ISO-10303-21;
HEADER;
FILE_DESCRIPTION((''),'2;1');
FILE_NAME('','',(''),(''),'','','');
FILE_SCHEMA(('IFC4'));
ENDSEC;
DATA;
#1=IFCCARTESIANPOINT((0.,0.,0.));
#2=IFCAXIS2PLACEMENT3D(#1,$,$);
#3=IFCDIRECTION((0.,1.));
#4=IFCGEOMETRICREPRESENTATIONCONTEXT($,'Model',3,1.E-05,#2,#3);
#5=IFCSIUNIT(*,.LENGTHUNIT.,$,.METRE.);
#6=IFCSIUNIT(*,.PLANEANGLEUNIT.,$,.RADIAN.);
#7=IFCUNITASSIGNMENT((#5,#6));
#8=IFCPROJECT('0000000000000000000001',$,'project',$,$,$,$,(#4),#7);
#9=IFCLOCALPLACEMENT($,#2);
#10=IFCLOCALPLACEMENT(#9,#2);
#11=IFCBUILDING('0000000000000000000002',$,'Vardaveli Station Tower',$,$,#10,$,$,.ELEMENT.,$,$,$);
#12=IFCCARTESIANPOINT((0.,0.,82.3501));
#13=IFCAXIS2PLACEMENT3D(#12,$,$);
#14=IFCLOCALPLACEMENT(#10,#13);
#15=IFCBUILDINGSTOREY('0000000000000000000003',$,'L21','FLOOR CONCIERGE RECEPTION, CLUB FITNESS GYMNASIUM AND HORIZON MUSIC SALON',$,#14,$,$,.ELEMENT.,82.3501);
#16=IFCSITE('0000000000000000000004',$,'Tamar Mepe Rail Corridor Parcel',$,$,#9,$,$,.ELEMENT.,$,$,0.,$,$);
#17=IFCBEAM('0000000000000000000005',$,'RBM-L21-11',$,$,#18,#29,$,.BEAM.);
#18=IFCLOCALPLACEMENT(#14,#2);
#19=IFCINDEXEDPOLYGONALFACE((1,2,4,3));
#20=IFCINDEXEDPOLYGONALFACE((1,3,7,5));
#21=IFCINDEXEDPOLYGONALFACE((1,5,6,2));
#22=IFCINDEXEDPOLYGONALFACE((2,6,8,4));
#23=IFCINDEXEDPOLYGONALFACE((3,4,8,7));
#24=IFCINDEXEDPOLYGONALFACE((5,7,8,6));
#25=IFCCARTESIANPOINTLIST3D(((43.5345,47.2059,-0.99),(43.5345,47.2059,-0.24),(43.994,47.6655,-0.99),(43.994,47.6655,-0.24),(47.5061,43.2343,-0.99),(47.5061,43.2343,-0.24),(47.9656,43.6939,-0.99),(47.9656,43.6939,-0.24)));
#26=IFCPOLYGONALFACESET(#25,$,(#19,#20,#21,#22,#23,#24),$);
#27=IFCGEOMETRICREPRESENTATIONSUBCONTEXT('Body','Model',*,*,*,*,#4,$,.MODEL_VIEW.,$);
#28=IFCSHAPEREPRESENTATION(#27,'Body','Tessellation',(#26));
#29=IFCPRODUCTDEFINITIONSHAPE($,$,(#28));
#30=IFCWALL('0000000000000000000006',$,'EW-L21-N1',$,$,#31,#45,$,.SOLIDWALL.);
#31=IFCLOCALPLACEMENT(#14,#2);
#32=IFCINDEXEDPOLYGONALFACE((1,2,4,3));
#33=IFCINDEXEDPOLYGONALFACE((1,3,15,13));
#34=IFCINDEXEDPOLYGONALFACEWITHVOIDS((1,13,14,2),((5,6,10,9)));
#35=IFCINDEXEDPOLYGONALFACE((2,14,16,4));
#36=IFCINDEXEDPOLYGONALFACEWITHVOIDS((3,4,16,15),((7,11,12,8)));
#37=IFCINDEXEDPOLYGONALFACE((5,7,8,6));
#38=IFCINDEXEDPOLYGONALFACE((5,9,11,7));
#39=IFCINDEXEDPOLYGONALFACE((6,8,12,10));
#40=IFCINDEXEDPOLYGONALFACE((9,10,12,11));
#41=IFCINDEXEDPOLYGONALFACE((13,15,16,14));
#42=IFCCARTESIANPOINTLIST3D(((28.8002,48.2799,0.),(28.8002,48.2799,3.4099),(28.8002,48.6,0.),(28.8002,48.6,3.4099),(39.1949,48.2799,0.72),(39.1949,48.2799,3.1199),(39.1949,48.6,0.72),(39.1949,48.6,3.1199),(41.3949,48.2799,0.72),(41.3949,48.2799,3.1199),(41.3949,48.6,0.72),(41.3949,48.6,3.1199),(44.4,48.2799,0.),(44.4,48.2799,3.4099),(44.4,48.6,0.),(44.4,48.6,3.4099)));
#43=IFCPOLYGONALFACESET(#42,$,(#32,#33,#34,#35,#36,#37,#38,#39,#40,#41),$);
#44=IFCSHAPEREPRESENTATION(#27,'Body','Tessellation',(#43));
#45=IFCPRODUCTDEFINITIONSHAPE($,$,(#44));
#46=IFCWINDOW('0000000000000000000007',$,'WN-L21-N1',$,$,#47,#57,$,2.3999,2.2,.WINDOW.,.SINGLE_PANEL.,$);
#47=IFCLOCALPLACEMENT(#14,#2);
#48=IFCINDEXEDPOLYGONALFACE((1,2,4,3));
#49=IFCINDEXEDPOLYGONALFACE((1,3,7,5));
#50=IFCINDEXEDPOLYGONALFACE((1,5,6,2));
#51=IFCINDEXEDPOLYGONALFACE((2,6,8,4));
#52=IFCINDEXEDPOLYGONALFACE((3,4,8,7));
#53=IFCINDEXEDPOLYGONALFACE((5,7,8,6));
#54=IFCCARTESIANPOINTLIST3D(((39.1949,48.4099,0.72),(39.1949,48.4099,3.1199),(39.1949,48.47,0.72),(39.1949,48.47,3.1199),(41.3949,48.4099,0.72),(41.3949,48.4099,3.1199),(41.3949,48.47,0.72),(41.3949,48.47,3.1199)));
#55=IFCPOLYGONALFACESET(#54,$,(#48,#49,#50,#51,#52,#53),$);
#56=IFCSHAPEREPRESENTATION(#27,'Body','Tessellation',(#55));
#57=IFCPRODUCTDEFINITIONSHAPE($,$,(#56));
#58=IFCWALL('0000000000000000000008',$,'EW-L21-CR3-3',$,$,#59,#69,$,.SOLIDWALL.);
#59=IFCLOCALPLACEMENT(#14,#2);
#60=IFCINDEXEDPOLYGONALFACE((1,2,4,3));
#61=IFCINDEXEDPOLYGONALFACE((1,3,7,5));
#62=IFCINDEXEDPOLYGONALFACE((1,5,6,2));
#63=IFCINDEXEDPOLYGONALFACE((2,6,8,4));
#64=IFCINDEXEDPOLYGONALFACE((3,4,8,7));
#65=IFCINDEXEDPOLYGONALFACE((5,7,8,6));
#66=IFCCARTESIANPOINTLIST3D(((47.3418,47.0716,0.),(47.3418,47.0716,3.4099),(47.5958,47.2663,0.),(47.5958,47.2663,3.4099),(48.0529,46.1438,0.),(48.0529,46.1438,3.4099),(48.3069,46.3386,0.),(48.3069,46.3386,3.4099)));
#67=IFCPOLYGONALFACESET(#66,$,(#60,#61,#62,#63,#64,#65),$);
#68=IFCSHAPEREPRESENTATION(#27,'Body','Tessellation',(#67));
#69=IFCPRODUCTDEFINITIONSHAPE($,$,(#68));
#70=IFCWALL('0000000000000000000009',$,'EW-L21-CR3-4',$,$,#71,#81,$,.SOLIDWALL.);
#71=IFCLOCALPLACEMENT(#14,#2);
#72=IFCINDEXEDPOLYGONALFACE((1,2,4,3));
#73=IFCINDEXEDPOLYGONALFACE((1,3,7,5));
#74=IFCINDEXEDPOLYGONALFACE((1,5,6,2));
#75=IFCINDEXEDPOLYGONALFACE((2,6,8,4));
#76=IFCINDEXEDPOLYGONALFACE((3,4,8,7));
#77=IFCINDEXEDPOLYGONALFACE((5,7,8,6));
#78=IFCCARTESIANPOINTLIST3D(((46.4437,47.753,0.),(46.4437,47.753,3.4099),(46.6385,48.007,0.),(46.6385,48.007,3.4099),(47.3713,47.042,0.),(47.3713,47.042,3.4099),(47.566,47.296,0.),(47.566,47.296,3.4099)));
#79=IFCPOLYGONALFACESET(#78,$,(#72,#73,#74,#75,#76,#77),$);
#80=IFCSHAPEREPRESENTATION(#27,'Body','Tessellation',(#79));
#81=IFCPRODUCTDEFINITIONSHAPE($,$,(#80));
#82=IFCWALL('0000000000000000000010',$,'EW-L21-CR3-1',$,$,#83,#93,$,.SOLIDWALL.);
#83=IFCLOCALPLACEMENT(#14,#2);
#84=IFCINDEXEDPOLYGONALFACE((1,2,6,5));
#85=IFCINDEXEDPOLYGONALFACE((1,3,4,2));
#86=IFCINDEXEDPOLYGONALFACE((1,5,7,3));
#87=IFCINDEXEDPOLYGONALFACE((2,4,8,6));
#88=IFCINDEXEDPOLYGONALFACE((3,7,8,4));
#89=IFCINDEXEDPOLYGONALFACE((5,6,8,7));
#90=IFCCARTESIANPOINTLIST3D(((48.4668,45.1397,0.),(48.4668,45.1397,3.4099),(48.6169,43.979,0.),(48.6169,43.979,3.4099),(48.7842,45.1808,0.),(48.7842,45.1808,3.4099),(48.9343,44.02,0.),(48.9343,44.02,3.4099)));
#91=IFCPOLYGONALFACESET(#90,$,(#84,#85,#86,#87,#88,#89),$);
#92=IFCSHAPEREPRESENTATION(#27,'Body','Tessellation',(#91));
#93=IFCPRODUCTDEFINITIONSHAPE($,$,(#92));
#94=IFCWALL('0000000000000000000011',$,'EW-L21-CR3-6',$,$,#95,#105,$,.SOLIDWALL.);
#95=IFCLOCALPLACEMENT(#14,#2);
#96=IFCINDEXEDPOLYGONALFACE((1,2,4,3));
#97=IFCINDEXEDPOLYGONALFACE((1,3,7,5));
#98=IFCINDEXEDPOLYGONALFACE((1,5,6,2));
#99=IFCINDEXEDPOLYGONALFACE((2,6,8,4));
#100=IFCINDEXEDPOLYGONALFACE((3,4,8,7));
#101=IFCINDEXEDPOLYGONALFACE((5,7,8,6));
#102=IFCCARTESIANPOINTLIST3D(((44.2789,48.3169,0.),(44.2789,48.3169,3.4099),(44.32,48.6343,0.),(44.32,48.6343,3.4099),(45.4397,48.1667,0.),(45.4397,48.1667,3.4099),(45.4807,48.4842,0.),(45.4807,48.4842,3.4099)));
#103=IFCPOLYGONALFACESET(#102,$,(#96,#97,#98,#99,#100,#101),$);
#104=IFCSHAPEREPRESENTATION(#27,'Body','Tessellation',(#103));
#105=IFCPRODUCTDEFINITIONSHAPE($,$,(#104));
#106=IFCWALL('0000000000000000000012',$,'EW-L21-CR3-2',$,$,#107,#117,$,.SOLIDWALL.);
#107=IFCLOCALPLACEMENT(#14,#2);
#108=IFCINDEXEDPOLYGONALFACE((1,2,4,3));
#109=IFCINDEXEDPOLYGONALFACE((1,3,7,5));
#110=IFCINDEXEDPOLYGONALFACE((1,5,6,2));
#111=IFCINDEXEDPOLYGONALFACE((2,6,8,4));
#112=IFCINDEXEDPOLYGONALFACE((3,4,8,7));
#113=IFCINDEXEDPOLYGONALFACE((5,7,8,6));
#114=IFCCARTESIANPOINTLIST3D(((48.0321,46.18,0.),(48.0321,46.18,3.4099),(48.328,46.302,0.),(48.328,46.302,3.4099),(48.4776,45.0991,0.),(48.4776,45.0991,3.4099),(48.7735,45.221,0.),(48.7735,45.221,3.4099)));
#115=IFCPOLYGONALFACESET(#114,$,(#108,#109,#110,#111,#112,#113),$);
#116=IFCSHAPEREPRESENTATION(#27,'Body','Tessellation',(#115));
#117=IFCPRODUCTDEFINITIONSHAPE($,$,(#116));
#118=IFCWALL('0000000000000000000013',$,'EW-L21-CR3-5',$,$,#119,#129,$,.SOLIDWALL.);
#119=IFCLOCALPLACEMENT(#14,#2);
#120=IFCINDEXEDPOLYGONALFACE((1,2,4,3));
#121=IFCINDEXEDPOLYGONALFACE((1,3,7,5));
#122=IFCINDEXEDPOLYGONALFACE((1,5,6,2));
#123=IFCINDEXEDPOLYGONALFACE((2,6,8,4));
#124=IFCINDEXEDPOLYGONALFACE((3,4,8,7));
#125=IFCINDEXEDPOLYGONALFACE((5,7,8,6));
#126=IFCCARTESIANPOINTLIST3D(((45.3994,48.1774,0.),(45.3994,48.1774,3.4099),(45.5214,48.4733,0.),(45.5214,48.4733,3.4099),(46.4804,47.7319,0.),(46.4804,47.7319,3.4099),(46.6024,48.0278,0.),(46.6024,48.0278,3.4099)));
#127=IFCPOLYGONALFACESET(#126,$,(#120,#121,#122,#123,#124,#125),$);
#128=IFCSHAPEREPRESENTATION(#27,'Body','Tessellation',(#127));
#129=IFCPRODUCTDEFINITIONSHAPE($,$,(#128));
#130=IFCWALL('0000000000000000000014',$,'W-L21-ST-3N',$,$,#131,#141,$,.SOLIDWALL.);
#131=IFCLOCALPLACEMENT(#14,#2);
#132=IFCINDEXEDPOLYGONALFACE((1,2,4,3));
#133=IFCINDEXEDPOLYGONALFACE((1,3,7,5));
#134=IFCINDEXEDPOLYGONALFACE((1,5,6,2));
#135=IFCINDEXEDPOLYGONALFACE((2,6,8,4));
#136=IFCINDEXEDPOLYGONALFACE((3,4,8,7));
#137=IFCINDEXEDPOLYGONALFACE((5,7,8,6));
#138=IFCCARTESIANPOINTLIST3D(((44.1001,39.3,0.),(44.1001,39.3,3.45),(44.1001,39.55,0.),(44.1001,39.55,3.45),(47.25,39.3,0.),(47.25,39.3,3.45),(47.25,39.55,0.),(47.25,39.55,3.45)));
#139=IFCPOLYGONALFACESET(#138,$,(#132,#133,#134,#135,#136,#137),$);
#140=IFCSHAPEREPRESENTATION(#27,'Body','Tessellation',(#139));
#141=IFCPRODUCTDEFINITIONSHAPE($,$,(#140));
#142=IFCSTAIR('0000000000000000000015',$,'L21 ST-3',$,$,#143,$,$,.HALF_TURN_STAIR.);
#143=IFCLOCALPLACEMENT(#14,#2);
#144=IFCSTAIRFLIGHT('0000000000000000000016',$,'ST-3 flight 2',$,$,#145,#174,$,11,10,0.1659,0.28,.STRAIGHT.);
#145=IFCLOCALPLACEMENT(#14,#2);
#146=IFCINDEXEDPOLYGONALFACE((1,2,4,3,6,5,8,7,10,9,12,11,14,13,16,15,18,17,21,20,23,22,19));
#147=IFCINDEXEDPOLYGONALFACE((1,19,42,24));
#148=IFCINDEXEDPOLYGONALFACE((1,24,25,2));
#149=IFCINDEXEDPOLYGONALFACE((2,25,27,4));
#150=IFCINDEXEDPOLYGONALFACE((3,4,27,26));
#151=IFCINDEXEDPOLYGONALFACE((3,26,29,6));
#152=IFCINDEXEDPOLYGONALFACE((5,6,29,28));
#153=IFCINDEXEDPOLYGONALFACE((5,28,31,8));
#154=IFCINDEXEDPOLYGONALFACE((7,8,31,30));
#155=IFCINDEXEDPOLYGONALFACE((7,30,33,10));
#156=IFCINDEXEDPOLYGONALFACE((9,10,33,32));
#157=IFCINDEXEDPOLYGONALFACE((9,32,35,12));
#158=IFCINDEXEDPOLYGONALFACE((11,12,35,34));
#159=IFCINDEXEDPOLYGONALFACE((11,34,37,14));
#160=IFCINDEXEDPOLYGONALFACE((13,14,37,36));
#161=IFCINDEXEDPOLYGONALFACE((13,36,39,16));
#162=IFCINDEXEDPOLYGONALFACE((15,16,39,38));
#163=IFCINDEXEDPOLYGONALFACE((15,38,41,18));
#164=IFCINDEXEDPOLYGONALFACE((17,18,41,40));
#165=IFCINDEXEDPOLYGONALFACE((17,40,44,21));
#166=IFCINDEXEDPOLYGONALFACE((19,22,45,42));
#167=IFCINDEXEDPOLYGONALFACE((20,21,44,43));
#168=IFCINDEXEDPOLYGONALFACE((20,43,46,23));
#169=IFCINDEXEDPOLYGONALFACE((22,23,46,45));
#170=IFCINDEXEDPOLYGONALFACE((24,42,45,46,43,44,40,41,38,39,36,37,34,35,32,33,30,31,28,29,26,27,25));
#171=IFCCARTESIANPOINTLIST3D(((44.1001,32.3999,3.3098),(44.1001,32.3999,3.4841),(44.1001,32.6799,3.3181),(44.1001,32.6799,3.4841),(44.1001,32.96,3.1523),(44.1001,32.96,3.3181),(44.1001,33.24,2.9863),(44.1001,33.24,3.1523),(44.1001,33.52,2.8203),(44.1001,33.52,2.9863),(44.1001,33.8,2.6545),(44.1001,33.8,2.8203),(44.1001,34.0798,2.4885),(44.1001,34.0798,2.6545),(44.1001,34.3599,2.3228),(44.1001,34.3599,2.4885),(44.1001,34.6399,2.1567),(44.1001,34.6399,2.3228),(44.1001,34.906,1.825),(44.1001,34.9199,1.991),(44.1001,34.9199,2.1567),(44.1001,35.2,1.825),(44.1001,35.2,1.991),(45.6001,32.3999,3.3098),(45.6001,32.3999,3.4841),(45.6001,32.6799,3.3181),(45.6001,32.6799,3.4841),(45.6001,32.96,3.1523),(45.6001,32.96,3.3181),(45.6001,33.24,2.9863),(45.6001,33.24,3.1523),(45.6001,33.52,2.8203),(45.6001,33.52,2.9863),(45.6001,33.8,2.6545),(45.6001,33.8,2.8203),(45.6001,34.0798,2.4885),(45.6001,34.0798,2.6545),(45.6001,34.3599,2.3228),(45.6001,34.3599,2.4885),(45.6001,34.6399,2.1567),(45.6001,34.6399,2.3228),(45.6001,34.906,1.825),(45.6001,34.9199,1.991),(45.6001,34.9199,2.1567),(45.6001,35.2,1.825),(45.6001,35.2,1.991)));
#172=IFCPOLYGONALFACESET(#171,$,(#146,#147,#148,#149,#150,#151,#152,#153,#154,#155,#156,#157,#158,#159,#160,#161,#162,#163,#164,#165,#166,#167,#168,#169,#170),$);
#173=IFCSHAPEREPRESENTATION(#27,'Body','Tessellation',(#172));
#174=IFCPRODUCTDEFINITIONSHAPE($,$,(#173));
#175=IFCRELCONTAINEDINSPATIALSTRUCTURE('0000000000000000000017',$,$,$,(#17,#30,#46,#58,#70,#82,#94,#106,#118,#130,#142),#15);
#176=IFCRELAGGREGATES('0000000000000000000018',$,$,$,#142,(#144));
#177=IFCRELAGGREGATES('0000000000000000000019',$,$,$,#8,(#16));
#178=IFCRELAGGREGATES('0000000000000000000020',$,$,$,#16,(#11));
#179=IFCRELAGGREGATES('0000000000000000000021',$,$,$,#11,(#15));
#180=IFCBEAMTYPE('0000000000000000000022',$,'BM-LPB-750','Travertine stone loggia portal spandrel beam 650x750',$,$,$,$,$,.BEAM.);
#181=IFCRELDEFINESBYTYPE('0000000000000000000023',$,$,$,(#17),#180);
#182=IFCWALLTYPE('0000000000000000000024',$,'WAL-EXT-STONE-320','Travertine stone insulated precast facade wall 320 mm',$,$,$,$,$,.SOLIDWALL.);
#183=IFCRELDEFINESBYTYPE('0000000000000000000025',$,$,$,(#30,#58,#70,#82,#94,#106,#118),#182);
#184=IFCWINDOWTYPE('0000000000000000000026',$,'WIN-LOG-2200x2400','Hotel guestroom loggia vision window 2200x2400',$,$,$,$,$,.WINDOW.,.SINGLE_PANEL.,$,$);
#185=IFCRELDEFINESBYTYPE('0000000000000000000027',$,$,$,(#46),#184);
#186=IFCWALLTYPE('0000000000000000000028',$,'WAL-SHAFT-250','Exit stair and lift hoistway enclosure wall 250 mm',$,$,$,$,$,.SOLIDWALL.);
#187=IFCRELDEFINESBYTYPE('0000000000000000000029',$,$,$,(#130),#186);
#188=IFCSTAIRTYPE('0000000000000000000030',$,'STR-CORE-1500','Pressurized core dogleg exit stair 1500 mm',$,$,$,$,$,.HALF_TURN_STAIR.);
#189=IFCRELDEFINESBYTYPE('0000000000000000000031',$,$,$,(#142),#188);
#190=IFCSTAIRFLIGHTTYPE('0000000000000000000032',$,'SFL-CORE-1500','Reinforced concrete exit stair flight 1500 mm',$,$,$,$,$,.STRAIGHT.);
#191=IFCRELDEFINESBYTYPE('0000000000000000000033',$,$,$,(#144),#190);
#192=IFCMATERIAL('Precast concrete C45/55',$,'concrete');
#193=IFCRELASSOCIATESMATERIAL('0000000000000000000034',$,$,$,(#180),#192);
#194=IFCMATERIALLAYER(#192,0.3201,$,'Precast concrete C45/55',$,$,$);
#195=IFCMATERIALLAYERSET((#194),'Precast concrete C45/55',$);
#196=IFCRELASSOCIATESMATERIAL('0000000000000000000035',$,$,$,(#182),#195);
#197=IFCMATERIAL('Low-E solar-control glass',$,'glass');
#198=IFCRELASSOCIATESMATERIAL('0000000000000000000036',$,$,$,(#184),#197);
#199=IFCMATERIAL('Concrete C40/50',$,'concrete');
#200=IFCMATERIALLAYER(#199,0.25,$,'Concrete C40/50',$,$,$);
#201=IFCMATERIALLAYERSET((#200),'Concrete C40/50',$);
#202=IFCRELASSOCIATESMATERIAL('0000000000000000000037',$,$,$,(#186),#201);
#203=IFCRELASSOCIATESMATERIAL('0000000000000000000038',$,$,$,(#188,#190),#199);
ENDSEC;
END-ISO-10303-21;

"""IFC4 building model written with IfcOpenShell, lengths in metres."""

from ifc_helpers import new_model, si_unit, direction, frame, frame_2d, origin, origin_2d, place, context, subcontext, project, spatial, polyline, rectangle, outline, extrude, source, transform, mapped, material, layer, layer_set, material_profile, profile_set, type_object, element, fill, aggregate, save


model = new_model("IFC4")

# Units and contexts
model_context = context("Model", 3, precision=1e-05, world=origin(), true_north=direction((0.0, 1.0)))
body_context = subcontext(model_context, "Body", "Model", "MODEL_VIEW")
ifc_project = project(units=[si_unit("LENGTHUNIT", "METRE"), si_unit("PLANEANGLEUNIT", "RADIAN")], contexts=[model_context])

# Site, building, storey
site_placement = place(None, origin())
site = spatial("IfcSite", under=ifc_project, at=site_placement, Name="Tamar Mepe Rail Corridor Parcel", CompositionType="ELEMENT", RefElevation=0.0)
building_placement = place(site_placement, origin())
building = spatial("IfcBuilding", under=site, at=building_placement, Name="Vardaveli Station Tower", CompositionType="ELEMENT")
storey_placement = place(building_placement, frame((0.0, 0.0, 82.3501)))
storey = spatial("IfcBuildingStorey", under=building, at=storey_placement, Name="L21", Description="FLOOR CONCIERGE RECEPTION, CLUB FITNESS GYMNASIUM AND HORIZON MUSIC SALON", CompositionType="ELEMENT", Elevation=82.3501)

# Beam
ifc_material_1 = material(Name="Precast concrete C45/55", Category="concrete")
ifc_material_profile_1 = material_profile(ifc_material_1, rectangle(XDim=0.6499, YDim=0.75, at=origin_2d()), Name="LPB 650x750")
ifc_profile_set_1 = profile_set([ifc_material_profile_1], Name="Precast concrete C45/55")
beam_type = type_object("IfcBeamType", Name="BM-LPB-750", Description="Travertine stone loggia portal spandrel beam 650x750", PredefinedType="BEAM", material=ifc_profile_set_1)
shared_shape_1 = source(origin(), body_context, "Body", "SweptSolid", [
    extrude(rectangle(XDim=0.6499, YDim=0.75, at=origin_2d()), origin(), (0.0, 0.0, 1.0), 5.6167),
])
beam_placement = place(storey_placement, frame((47.7358, 43.4641, -0.615), z_axis=(-0.707107, 0.707107, 0.0), x_axis=(-0.707107, -0.707107, 0.0)))
element("IfcBeam", 1, at=beam_placement, inside=storey, type_object=beam_type, Name="RBM-L21-11", PredefinedType="BEAM", context=body_context, shape_type="MappedRepresentation", body=[
    mapped(shared_shape_1, transform((0.0, 0.0, 0.0), scale=1.0)),
])

# Wall, opening, window
ifc_layer_1 = layer(ifc_material_1, 0.3201, Name="Precast concrete C45/55")
ifc_layer_set_1 = layer_set([ifc_layer_1], Name="Precast concrete C45/55")
wall_type_1 = type_object("IfcWallType", Name="WAL-EXT-STONE-320", Description="Travertine stone insulated precast facade wall 320 mm", PredefinedType="SOLIDWALL", material=ifc_layer_set_1)
shared_shape_2 = source(origin(), body_context, "Body", "SweptSolid", [
    extrude(rectangle(XDim=15.5999, YDim=0.3201, at=frame_2d((7.7998, 0.0))), origin(), (0.0, 0.0, 1.0), 3.4099),
])
wall_1_placement = place(storey_placement, frame((44.3999, 48.4399, 0.0), z_axis=(0.0, 0.0, 1.0), x_axis=(-1.0, 0.0, 0.0)))
wall_1 = element("IfcWall", 2, at=wall_1_placement, inside=storey, type_object=wall_type_1, Name="EW-L21-N1", PredefinedType="SOLIDWALL", context=body_context, shape_type="MappedRepresentation", body=[
    mapped(shared_shape_2, transform((0.0, 0.0, 0.0), scale=1.0)),
])
shared_shape_3 = source(origin(), body_context, "Body", "SweptSolid", [
    extrude(rectangle(XDim=2.2, YDim=2.3999, at=frame_2d((1.1001, 1.2))), frame((0.0, 0.1699, 0.0), z_axis=(0.0, -1.0, 0.0), x_axis=(1.0, 0.0, 0.0)), (0.0, 0.0, 1.0), 0.3401),
])
opening_placement = place(wall_1_placement, frame((3.0049, 0.0, 0.72)))
opening = element("IfcOpeningElement", 3, at=opening_placement, cuts=wall_1, PredefinedType="OPENING", context=body_context, shape_type="MappedRepresentation", body=[
    mapped(shared_shape_3, transform((0.0, 0.0, 0.0), scale=1.0)),
])
ifc_material_2 = material(Name="Low-E solar-control glass", Category="glass")
window_type = type_object("IfcWindowType", Name="WIN-LOG-2200x2400", Description="Hotel guestroom loggia vision window 2200x2400", PartitioningType="SINGLE_PANEL", PredefinedType="WINDOW", material=ifc_material_2)
shared_shape_4 = source(origin(), body_context, "Body", "SweptSolid", [
    extrude(rectangle(XDim=2.2, YDim=2.3999, at=frame_2d((1.1001, 1.2))), frame((0.0, 0.03, 0.0), z_axis=(0.0, -1.0, 0.0), x_axis=(1.0, 0.0, 0.0)), (0.0, 0.0, 1.0), 0.0601),
])
window_placement = place(opening_placement, origin())
window = element("IfcWindow", 4, at=window_placement, inside=storey, type_object=window_type, Name="WN-L21-N1", OverallHeight=2.3999, OverallWidth=2.2, PartitioningType="SINGLE_PANEL", PredefinedType="WINDOW", context=body_context, shape_type="MappedRepresentation", body=[
    mapped(shared_shape_4, transform((0.0, 0.0, 0.0), scale=1.0)),
])
fill(opening, window)

# Walls
shared_shape_5 = source(origin(), body_context, "Body", "SweptSolid", [
    extrude(rectangle(XDim=1.1689, YDim=0.3201, at=frame_2d((0.5845, 0.0))), origin(), (0.0, 0.0, 1.0), 3.4099),
])
wall_2_placement = place(storey_placement, frame((48.1799, 46.2412, 0.0), z_axis=(0.0, 0.0, 1.0), x_axis=(-0.608388, 0.79364, 0.0)))
element("IfcWall", 5, at=wall_2_placement, inside=storey, type_object=wall_type_1, Name="EW-L21-CR3-3", PredefinedType="SOLIDWALL", context=body_context, shape_type="MappedRepresentation", body=[
    mapped(shared_shape_5, transform((0.0, 0.0, 0.0), scale=1.0)),
])
shared_shape_6 = source(origin(), body_context, "Body", "SweptSolid", [
    extrude(rectangle(XDim=1.1687, YDim=0.3201, at=frame_2d((0.5845, 0.0))), origin(), (0.0, 0.0, 1.0), 3.4099),
])
wall_3_placement = place(storey_placement, frame((47.4688, 47.1689, 0.0), z_axis=(0.0, 0.0, 1.0), x_axis=(-0.793664, 0.608357, 0.0)))
element("IfcWall", 6, at=wall_3_placement, inside=storey, type_object=wall_type_1, Name="EW-L21-CR3-4", PredefinedType="SOLIDWALL", context=body_context, shape_type="MappedRepresentation", body=[
    mapped(shared_shape_6, transform((0.0, 0.0, 0.0), scale=1.0)),
])
shared_shape_7 = source(origin(), body_context, "Body", "SweptSolid", [
    extrude(rectangle(XDim=1.1704, YDim=0.3201, at=frame_2d((0.5852, 0.0))), origin(), (0.0, 0.0, 1.0), 3.4099),
])
for number, where, z_axis, x_axis, name in (
    (7, (48.7756, 43.9995, 0.0), (0.0, 0.0, 1.0), (-0.128296, 0.991736, 0.0), "EW-L21-CR3-1"),
    (8, (45.4602, 48.3254, 0.0), (0.0, 0.0, 1.0), (-0.991736, 0.128296, 0.0), "EW-L21-CR3-6"),
):
    element("IfcWall", number, at=place(storey_placement, frame(where, z_axis=z_axis, x_axis=x_axis)), inside=storey, type_object=wall_type_1, Name=name, PredefinedType="SOLIDWALL", context=body_context, shape_type="MappedRepresentation", body=[
        mapped(shared_shape_7, transform((0.0, 0.0, 0.0), scale=1.0)),
    ])
shared_shape_8 = source(origin(), body_context, "Body", "SweptSolid", [
    extrude(rectangle(XDim=1.1692, YDim=0.3201, at=frame_2d((0.5845, 0.0))), origin(), (0.0, 0.0, 1.0), 3.4099),
])
for number, where, z_axis, x_axis, name in (
    (9, (48.6255, 45.1602, 0.0), (0.0, 0.0, 1.0), (-0.381054, 0.924553, 0.0), "EW-L21-CR3-2"),
    (10, (46.5413, 47.8799, 0.0), (0.0, 0.0, 1.0), (-0.924553, 0.381054, 0.0), "EW-L21-CR3-5"),
):
    element("IfcWall", number, at=place(storey_placement, frame(where, z_axis=z_axis, x_axis=x_axis)), inside=storey, type_object=wall_type_1, Name=name, PredefinedType="SOLIDWALL", context=body_context, shape_type="MappedRepresentation", body=[
        mapped(shared_shape_8, transform((0.0, 0.0, 0.0), scale=1.0)),
    ])
ifc_material_3 = material(Name="Concrete C40/50", Category="concrete")
ifc_layer_2 = layer(ifc_material_3, 0.25, Name="Concrete C40/50")
ifc_layer_set_2 = layer_set([ifc_layer_2], Name="Concrete C40/50")
wall_type_2 = type_object("IfcWallType", Name="WAL-SHAFT-250", Description="Exit stair and lift hoistway enclosure wall 250 mm", PredefinedType="SOLIDWALL", material=ifc_layer_set_2)
shared_shape_9 = source(origin(), body_context, "Body", "SweptSolid", [
    extrude(rectangle(XDim=3.1499, YDim=0.25, at=frame_2d((1.575, 0.0))), origin(), (0.0, 0.0, 1.0), 3.45),
])
wall_4_placement = place(storey_placement, frame((44.1001, 39.425, 0.0), z_axis=(0.0, 0.0, 1.0), x_axis=(1.0, 0.0, 0.0)))
element("IfcWall", 11, at=wall_4_placement, inside=storey, type_object=wall_type_2, Name="W-L21-ST-3N", PredefinedType="SOLIDWALL", context=body_context, shape_type="MappedRepresentation", body=[
    mapped(shared_shape_9, transform((0.0, 0.0, 0.0), scale=1.0)),
])

# Stair, stair flight
stair_type = type_object("IfcStairType", Name="STR-CORE-1500", Description="Pressurized core dogleg exit stair 1500 mm", PredefinedType="HALF_TURN_STAIR", material=ifc_material_3)
stair_placement = place(storey_placement, origin())
stair = element("IfcStair", 12, at=stair_placement, inside=storey, type_object=stair_type, Name="L21 ST-3", PredefinedType="HALF_TURN_STAIR")
stair_flight_type = type_object("IfcStairFlightType", Name="SFL-CORE-1500", Description="Reinforced concrete exit stair flight 1500 mm", PredefinedType="STRAIGHT", material=ifc_material_3)
shared_shape_10 = source(origin(), body_context, "Body", "SweptSolid", [
    extrude(outline(polyline([(0.0, 0.0), (0.0, 0.166), (0.28, 0.166), (0.28, 0.3318), (0.5601, 0.3318), (0.5601, 0.4978), (0.8401, 0.4978), (0.8401, 0.6636), (1.1201, 0.6636), (1.1201, 0.8296), (1.3999, 0.8296), (1.3999, 0.9954), (1.6799, 0.9954), (1.6799, 1.1614), (1.96, 1.1614), (1.96, 1.3274), (2.24, 1.3274), (2.24, 1.4932), (2.52, 1.4932), (2.52, 1.6592), (2.8, 1.6592), (2.8, 1.825), (2.8, 1.4849), (0.2939, 0.0), (0.0, 0.0)])), frame((0.0, 0.75, 0.0), z_axis=(0.0, -1.0, 0.0), x_axis=(1.0, 0.0, 0.0)), (0.0, 0.0, 1.0), 1.5),
])
stair_flight_placement = place(storey_placement, frame((44.8501, 35.2, 1.825), z_axis=(0.0, 0.0, 1.0), x_axis=(0.0, -1.0, 0.0)))
stair_flight = element("IfcStairFlight", 13, at=stair_flight_placement, type_object=stair_flight_type, Name="ST-3 flight 2", NumberOfRisers=11, NumberOfTreads=10, PredefinedType="STRAIGHT", RiserHeight=0.1659, TreadLength=0.28, context=body_context, shape_type="MappedRepresentation", body=[
    mapped(shared_shape_10, transform((0.0, 0.0, 0.0), scale=1.0)),
])
aggregate(stair, [stair_flight])

save(model, "model.ifc")
